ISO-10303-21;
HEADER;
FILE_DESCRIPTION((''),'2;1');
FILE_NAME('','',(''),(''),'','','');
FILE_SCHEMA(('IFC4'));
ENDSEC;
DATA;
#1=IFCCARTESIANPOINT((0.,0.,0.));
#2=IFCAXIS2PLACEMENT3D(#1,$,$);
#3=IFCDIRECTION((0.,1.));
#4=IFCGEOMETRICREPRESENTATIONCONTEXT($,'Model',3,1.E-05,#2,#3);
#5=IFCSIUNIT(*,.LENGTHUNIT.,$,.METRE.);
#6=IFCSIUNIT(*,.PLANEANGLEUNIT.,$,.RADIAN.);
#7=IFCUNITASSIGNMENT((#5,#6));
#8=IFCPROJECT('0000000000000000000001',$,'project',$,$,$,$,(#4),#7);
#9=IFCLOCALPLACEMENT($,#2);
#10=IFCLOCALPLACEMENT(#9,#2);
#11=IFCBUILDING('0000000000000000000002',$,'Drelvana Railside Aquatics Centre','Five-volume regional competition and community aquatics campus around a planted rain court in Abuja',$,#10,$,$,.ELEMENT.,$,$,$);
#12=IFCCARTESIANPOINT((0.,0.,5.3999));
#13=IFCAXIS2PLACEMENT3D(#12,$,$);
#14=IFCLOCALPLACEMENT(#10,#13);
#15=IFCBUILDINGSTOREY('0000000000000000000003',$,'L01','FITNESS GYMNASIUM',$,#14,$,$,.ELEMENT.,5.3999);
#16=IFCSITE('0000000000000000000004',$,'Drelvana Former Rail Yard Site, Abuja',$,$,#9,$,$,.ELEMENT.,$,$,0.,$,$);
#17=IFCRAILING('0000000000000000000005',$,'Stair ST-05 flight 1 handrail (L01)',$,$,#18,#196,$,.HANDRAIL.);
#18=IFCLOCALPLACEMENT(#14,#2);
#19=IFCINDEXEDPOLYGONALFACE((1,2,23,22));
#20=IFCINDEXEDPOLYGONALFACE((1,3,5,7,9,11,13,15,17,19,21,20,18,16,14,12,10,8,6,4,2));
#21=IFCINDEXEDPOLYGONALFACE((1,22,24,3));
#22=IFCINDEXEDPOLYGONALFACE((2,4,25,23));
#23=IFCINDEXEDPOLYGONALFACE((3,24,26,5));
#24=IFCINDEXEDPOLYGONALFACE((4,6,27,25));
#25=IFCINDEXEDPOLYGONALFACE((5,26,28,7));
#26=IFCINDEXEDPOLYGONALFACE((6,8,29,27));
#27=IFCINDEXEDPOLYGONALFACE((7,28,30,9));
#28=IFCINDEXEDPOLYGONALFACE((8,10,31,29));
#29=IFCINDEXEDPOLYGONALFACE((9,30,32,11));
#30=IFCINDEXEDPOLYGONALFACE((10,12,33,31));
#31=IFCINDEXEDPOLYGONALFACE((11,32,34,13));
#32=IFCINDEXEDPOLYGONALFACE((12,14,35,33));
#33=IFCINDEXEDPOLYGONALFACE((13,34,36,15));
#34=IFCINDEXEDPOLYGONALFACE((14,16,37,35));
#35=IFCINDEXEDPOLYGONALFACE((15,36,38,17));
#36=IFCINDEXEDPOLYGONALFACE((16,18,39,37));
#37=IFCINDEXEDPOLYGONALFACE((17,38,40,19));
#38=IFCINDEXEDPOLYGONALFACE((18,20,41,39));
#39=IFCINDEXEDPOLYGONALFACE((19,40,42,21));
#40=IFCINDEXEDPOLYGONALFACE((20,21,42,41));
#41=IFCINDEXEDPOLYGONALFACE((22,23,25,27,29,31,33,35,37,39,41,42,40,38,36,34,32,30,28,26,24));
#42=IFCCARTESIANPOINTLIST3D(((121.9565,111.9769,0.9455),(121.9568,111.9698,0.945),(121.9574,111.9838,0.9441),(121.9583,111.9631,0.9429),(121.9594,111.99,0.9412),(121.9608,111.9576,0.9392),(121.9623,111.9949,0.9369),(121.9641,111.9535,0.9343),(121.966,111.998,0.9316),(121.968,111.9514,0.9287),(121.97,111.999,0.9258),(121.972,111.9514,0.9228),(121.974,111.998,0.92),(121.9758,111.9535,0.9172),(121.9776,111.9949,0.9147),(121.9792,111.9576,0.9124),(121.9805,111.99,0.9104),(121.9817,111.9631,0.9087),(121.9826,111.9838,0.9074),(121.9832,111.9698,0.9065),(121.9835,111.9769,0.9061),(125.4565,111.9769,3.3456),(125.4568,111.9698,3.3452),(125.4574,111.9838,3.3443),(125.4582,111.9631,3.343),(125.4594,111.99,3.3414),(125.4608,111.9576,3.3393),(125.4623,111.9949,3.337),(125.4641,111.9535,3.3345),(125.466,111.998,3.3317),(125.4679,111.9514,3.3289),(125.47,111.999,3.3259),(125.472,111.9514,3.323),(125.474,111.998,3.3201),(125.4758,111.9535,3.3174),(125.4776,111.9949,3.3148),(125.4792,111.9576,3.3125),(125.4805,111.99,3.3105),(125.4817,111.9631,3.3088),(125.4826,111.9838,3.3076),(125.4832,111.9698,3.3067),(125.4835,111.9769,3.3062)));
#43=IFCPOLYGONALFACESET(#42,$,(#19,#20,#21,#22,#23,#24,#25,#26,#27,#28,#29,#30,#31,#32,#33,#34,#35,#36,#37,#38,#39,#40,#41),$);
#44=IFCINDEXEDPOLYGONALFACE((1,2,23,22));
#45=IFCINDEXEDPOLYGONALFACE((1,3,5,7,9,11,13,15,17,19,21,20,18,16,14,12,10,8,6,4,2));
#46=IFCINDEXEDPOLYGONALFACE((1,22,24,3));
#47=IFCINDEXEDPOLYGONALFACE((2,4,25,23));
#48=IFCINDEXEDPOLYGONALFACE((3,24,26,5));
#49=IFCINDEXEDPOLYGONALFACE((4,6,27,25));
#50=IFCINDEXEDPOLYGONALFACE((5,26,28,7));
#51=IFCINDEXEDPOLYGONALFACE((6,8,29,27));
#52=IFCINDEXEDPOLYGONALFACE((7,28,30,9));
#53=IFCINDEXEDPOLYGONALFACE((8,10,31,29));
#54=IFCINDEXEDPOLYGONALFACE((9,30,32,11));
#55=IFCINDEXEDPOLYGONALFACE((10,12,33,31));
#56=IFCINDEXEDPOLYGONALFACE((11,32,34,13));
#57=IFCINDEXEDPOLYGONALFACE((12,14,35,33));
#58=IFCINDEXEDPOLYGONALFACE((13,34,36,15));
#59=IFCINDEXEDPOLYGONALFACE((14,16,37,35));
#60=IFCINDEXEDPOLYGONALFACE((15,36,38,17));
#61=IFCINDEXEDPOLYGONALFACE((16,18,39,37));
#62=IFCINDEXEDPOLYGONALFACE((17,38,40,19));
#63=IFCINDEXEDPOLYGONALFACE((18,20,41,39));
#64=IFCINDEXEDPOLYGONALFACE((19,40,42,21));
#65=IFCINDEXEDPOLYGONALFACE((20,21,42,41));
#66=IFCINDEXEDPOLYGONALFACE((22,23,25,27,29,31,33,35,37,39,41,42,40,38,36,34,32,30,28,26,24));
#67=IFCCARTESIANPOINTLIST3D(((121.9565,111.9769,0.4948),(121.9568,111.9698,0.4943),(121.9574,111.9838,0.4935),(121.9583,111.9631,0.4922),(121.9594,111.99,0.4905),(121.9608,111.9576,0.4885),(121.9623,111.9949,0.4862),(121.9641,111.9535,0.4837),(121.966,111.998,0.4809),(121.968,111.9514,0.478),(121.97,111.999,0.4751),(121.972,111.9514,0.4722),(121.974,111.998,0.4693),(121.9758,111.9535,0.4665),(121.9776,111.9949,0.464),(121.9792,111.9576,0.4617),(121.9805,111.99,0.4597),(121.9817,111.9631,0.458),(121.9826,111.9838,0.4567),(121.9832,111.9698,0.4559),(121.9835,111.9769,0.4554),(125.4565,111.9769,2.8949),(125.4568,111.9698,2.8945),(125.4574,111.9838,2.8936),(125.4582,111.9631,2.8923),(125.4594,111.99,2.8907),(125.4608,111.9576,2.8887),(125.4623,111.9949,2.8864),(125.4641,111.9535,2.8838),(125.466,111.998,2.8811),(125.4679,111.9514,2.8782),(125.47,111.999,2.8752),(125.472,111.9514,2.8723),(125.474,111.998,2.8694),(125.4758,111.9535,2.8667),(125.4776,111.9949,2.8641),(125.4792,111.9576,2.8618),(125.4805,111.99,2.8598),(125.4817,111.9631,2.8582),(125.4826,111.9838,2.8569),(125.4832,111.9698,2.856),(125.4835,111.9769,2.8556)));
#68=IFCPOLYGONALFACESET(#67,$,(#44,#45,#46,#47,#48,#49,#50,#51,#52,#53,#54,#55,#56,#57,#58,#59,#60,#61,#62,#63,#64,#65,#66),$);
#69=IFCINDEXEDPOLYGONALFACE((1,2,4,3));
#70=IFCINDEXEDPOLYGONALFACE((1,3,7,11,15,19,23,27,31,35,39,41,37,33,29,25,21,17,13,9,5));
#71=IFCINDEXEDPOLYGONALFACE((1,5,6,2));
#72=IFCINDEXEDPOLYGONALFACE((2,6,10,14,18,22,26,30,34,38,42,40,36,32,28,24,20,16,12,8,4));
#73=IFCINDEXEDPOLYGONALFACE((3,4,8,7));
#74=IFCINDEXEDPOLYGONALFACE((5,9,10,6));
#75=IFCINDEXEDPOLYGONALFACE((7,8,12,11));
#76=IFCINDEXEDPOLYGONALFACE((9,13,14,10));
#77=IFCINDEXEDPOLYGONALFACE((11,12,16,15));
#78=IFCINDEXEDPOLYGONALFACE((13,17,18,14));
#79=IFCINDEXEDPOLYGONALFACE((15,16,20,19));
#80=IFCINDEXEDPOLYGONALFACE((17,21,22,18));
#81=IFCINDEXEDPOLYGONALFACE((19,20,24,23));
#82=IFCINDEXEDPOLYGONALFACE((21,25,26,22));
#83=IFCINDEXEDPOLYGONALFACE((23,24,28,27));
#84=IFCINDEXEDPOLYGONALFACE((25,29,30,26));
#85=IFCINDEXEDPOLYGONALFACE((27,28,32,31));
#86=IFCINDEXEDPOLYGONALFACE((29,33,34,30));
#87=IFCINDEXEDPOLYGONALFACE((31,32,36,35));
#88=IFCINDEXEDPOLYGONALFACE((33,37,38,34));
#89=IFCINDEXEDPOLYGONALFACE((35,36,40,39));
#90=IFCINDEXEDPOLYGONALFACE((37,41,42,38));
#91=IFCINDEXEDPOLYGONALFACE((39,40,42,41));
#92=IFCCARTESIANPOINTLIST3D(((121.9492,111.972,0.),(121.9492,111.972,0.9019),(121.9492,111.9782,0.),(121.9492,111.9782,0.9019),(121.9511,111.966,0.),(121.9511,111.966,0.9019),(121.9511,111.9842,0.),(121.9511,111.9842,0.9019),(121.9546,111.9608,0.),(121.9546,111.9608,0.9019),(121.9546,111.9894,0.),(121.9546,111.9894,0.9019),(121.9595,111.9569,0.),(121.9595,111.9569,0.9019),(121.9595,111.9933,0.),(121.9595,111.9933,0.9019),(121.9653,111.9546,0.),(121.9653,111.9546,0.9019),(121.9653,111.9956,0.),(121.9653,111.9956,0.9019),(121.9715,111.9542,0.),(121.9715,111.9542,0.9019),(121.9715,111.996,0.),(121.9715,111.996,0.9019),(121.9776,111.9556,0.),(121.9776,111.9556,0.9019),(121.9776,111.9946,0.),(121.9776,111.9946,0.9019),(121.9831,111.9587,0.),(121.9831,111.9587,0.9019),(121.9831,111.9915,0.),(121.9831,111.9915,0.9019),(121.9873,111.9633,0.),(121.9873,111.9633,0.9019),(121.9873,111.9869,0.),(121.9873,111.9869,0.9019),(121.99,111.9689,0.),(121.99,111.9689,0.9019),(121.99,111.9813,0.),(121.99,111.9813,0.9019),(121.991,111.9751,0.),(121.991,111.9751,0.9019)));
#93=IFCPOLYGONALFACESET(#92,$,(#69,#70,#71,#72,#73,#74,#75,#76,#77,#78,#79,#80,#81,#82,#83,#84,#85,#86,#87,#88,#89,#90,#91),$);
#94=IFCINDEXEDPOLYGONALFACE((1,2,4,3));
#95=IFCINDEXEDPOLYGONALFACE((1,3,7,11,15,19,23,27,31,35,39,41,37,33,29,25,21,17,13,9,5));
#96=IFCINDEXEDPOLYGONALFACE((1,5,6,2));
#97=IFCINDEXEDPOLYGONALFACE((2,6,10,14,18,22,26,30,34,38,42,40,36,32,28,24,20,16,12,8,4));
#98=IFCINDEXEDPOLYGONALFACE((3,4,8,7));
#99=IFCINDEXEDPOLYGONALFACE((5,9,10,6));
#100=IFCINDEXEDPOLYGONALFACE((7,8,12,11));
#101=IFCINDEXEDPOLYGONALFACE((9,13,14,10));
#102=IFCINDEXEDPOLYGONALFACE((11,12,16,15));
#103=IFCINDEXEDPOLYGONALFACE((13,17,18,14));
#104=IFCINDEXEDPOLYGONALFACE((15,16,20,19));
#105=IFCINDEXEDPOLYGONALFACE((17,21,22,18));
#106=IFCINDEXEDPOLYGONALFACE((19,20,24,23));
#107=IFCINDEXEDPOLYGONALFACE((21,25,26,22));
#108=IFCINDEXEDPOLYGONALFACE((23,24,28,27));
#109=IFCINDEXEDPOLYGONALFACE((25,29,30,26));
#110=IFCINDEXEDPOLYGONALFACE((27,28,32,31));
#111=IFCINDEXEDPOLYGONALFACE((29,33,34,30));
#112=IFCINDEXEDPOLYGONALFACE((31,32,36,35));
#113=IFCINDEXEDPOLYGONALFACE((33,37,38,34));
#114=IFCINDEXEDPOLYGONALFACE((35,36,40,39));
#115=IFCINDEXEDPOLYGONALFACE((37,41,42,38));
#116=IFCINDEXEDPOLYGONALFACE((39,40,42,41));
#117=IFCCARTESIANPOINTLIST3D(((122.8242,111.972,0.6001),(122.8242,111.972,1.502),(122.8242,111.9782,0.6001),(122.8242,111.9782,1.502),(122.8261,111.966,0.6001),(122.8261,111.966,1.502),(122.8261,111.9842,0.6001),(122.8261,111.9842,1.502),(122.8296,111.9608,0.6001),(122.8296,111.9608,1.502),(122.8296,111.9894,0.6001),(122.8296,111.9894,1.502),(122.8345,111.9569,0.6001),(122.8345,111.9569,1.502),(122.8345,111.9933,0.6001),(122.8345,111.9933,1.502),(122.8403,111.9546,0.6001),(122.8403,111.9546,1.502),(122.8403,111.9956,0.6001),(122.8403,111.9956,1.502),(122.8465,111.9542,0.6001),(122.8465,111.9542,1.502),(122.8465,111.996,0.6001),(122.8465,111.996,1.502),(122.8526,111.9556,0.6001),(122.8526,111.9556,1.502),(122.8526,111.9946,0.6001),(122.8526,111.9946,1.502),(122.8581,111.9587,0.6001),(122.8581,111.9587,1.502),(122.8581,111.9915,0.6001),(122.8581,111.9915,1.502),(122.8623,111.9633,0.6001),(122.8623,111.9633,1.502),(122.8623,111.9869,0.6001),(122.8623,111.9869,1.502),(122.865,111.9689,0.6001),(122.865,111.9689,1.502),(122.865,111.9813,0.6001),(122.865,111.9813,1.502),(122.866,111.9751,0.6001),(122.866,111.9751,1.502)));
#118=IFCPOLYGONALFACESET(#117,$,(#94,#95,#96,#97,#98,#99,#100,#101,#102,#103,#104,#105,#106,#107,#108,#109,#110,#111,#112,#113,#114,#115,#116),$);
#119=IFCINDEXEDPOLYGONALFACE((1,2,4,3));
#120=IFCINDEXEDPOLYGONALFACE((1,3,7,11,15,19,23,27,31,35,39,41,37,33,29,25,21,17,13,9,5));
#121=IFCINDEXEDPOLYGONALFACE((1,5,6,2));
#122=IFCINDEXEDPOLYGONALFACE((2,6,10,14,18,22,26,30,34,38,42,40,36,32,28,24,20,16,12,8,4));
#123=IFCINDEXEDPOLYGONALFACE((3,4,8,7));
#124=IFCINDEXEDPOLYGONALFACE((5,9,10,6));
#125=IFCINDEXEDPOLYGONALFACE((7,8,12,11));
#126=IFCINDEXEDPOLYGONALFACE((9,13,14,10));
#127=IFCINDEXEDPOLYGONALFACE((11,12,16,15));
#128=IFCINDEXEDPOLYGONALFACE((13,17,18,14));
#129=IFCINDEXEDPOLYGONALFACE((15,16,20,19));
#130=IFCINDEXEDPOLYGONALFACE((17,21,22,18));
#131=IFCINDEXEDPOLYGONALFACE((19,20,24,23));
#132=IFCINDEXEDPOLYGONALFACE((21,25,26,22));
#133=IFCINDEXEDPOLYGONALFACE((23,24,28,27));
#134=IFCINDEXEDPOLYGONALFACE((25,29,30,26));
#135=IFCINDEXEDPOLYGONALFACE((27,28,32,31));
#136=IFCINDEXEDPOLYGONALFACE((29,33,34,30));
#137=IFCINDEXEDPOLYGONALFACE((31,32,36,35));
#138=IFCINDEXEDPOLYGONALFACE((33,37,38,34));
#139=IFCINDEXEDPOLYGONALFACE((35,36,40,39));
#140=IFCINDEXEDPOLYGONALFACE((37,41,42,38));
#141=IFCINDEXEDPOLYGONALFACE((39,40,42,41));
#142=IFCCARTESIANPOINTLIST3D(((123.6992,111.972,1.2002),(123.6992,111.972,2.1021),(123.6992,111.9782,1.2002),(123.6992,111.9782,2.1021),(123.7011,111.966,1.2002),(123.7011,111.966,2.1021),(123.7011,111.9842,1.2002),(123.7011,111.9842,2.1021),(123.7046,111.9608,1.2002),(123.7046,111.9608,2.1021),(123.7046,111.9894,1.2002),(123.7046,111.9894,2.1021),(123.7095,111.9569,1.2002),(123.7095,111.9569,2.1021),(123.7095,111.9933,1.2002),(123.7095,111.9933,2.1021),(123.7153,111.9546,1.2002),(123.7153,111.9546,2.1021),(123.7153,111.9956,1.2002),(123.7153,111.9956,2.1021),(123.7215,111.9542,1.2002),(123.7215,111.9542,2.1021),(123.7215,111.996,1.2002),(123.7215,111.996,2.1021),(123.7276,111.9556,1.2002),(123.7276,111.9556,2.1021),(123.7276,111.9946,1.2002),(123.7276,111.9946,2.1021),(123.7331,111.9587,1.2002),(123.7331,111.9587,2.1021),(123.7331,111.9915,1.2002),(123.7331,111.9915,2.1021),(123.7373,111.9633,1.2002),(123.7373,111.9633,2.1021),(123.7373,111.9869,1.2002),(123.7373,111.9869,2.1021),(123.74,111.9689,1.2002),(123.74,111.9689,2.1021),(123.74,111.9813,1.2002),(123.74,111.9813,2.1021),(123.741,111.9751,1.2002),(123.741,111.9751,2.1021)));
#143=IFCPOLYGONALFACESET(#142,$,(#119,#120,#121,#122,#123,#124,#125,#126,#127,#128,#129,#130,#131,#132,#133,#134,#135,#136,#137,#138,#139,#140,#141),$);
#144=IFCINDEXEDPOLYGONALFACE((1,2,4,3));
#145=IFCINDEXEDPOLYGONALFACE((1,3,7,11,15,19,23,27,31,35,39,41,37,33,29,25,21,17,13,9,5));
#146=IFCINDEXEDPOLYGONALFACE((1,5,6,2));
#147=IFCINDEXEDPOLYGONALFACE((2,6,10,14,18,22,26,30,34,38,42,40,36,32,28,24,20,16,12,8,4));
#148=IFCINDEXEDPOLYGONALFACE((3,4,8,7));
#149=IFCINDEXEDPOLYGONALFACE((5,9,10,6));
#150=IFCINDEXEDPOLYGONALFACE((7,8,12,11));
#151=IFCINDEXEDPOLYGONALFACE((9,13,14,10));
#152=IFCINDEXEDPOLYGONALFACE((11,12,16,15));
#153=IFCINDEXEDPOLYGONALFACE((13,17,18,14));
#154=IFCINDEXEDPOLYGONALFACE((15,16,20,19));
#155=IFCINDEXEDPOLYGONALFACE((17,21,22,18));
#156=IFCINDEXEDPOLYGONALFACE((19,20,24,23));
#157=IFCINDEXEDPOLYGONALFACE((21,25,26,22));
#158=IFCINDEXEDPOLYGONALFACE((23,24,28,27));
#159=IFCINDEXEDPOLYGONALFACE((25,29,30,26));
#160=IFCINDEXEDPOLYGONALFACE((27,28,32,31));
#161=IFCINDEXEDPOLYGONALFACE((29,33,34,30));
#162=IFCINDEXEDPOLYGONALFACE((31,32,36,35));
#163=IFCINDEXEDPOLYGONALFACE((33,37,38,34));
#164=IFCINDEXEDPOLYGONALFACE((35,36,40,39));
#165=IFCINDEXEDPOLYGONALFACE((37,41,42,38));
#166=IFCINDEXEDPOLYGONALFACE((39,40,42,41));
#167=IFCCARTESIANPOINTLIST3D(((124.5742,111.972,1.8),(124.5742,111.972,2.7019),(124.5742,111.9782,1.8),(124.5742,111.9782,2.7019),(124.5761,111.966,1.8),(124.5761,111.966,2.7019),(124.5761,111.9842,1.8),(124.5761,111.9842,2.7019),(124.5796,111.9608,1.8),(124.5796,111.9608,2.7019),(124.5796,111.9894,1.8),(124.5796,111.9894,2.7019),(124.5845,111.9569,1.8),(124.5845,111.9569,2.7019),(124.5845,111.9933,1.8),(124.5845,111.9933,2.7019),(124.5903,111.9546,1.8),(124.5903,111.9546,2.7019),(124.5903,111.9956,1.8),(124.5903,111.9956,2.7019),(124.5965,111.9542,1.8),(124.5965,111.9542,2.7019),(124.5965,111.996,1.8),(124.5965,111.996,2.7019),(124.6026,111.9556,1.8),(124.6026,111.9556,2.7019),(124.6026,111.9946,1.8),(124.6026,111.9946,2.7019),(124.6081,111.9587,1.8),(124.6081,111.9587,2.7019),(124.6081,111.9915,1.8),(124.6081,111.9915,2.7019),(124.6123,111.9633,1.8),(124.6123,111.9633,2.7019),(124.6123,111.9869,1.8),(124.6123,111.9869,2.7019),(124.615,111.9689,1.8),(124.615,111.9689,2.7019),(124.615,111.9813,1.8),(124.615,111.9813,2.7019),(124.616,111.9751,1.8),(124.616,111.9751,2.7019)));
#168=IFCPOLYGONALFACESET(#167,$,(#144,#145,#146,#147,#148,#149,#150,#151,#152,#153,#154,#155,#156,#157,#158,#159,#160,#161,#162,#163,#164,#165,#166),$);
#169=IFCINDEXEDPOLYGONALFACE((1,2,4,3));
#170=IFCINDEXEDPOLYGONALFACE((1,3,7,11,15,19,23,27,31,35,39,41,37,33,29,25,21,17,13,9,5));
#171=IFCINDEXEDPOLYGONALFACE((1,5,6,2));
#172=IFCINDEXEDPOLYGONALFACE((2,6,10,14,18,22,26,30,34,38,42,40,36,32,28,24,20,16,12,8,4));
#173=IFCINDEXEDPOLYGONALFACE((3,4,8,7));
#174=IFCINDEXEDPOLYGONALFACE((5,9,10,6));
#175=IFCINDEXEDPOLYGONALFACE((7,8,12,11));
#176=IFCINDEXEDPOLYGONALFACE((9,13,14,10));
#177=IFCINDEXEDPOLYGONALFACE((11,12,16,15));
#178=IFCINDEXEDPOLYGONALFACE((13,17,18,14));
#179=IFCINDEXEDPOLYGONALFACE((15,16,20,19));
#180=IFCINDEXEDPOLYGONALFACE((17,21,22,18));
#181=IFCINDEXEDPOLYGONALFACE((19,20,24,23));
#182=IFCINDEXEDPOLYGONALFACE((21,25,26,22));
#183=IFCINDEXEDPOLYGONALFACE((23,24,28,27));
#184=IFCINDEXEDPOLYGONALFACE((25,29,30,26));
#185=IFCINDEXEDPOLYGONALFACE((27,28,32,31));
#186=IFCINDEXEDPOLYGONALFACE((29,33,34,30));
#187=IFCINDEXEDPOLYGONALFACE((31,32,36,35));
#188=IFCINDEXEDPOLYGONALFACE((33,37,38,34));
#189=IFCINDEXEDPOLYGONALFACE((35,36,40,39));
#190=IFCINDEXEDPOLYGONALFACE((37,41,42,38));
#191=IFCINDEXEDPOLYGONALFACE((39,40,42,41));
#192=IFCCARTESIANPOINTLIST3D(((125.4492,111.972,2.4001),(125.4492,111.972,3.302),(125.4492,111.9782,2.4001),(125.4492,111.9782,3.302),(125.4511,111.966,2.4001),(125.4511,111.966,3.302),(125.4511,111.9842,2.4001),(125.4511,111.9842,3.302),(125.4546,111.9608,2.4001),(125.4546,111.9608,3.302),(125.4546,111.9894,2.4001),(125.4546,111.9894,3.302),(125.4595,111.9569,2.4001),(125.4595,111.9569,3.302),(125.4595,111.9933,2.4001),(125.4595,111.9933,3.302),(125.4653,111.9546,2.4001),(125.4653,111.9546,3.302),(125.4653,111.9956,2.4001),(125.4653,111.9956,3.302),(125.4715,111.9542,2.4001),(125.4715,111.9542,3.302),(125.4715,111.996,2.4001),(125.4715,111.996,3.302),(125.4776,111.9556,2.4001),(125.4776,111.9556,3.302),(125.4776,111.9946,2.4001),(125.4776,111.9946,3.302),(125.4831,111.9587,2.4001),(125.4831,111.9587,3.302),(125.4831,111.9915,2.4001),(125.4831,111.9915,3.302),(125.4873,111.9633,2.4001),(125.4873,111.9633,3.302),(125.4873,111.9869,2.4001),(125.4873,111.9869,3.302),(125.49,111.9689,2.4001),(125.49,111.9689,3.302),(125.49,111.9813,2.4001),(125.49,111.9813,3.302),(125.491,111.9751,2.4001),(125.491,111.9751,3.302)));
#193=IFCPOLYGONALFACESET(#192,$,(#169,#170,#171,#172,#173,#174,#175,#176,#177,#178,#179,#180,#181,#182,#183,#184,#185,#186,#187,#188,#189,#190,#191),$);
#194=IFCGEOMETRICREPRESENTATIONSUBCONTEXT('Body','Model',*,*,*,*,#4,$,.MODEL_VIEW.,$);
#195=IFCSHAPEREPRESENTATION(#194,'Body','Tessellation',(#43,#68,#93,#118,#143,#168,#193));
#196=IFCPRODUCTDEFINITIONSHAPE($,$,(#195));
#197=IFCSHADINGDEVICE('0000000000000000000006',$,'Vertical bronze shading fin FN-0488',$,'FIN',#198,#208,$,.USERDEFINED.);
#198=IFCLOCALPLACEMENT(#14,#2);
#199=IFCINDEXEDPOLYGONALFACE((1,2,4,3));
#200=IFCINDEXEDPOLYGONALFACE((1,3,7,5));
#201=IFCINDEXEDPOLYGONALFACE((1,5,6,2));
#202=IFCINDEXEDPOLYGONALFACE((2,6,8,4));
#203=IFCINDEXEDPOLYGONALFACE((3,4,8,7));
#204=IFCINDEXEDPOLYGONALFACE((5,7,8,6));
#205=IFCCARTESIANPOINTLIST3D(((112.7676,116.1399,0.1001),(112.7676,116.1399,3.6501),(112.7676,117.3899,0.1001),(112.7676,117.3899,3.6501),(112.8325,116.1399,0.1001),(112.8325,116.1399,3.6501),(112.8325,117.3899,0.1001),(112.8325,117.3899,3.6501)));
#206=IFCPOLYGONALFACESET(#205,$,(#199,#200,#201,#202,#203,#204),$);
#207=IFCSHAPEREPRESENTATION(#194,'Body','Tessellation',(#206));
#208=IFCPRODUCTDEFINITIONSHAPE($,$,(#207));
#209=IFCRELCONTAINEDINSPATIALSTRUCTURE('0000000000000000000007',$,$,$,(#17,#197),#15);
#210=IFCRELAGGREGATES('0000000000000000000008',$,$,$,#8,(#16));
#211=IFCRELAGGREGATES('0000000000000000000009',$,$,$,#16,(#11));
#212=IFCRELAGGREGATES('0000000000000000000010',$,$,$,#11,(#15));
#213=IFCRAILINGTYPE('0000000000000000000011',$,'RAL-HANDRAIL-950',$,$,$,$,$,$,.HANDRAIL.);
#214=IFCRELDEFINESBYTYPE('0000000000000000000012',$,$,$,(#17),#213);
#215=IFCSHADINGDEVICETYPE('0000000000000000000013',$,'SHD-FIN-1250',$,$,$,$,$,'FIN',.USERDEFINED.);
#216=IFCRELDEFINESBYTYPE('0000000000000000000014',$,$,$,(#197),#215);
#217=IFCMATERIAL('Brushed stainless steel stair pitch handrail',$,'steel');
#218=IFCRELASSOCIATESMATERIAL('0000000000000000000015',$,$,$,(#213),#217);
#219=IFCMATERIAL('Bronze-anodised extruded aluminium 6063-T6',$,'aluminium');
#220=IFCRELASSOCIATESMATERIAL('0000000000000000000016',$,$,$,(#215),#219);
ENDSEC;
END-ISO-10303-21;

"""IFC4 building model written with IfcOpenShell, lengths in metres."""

from ifc_helpers import new_model, si_unit, direction, frame, origin, origin_2d, place, context, subcontext, project, spatial, rectangle, circle, extrude, material, type_object, element, save


model = new_model("IFC4")

# Units and contexts
model_context = context("Model", 3, precision=1e-05, world=origin(), true_north=direction((0.0, 1.0)))
body_context = subcontext(model_context, "Body", "Model", "MODEL_VIEW")
ifc_project = project(units=[si_unit("LENGTHUNIT", "METRE"), si_unit("PLANEANGLEUNIT", "RADIAN")], contexts=[model_context])

# Site, building, storey
site_placement = place(None, origin())
site = spatial("IfcSite", under=ifc_project, at=site_placement, Name="Drelvana Former Rail Yard Site, Abuja", CompositionType="ELEMENT", RefElevation=0.0)
building_placement = place(site_placement, origin())
building = spatial("IfcBuilding", under=site, at=building_placement, Name="Drelvana Railside Aquatics Centre", Description="Five-volume regional competition and community aquatics campus around a planted rain court in Abuja", CompositionType="ELEMENT")
storey_placement = place(building_placement, frame((0.0, 0.0, 5.3999)))
storey = spatial("IfcBuildingStorey", under=building, at=storey_placement, Name="L01", Description="FITNESS GYMNASIUM", CompositionType="ELEMENT", Elevation=5.3999)

# Shared definitions
ifc_material_1 = material(Name="Bronze-anodised extruded aluminium 6063-T6", Category="aluminium")

# Railing
ifc_material_2 = material(Name="Brushed stainless steel stair pitch handrail", Category="steel")
railing_type = type_object("IfcRailingType", Name="RAL-HANDRAIL-950", PredefinedType="HANDRAIL", material=ifc_material_2)
railing_placement = place(storey_placement, frame((121.97, 111.9751, 0.0)))
element("IfcRailing", 1, at=railing_placement, inside=storey, type_object=railing_type, Name="Stair ST-05 flight 1 handrail (L01)", PredefinedType="HANDRAIL", context=body_context, shape_type="SweptSolid", body=[
    extrude(circle(Radius=0.0239, at=origin_2d()), frame((0.0, 0.0, 0.9258), z_axis=(0.824713, 0.0, 0.565552), x_axis=(0.0, 1.0, 0.0)), (0.0, 0.0, 1.0), 4.2439),
    extrude(circle(Radius=0.0239, at=origin_2d()), frame((0.0, 0.0, 0.4751), z_axis=(0.824713, 0.0, 0.565552), x_axis=(0.0, 1.0, 0.0)), (0.0, 0.0, 1.0), 4.2439),
    extrude(circle(Radius=0.021, at=origin_2d()), origin(), (0.0, 0.0, 1.0), 0.9019),
    extrude(circle(Radius=0.021, at=origin_2d()), frame((0.875, 0.0, 0.6001)), (0.0, 0.0, 1.0), 0.9019),
    extrude(circle(Radius=0.021, at=origin_2d()), frame((1.75, 0.0, 1.2002)), (0.0, 0.0, 1.0), 0.9019),
    extrude(circle(Radius=0.021, at=origin_2d()), frame((2.625, 0.0, 1.8)), (0.0, 0.0, 1.0), 0.9019),
    extrude(circle(Radius=0.021, at=origin_2d()), frame((3.5, 0.0, 2.4001)), (0.0, 0.0, 1.0), 0.9019),
])

# Shading device
shading_device_type = type_object("IfcShadingDeviceType", Name="SHD-FIN-1250", ElementType="FIN", PredefinedType="USERDEFINED", material=ifc_material_1)
for number, where, z_axis, x_axis, name in (
    (2, (112.8, 116.7649, 0.1001), (0.0, 0.0, 1.0), (0.0, 1.0, 0.0), "Vertical bronze shading fin FN-0488"),
):
    element("IfcShadingDevice", number, at=place(storey_placement, frame(where, z_axis=z_axis, x_axis=x_axis)), inside=storey, type_object=shading_device_type, Name=name, ObjectType="FIN", PredefinedType="USERDEFINED", context=body_context, shape_type="SweptSolid", body=[
        extrude(rectangle(XDim=1.25, YDim=0.0649, at=origin_2d()), origin(), (0.0, 0.0, 1.0), 3.55),
    ])

save(model, "model.ifc")
